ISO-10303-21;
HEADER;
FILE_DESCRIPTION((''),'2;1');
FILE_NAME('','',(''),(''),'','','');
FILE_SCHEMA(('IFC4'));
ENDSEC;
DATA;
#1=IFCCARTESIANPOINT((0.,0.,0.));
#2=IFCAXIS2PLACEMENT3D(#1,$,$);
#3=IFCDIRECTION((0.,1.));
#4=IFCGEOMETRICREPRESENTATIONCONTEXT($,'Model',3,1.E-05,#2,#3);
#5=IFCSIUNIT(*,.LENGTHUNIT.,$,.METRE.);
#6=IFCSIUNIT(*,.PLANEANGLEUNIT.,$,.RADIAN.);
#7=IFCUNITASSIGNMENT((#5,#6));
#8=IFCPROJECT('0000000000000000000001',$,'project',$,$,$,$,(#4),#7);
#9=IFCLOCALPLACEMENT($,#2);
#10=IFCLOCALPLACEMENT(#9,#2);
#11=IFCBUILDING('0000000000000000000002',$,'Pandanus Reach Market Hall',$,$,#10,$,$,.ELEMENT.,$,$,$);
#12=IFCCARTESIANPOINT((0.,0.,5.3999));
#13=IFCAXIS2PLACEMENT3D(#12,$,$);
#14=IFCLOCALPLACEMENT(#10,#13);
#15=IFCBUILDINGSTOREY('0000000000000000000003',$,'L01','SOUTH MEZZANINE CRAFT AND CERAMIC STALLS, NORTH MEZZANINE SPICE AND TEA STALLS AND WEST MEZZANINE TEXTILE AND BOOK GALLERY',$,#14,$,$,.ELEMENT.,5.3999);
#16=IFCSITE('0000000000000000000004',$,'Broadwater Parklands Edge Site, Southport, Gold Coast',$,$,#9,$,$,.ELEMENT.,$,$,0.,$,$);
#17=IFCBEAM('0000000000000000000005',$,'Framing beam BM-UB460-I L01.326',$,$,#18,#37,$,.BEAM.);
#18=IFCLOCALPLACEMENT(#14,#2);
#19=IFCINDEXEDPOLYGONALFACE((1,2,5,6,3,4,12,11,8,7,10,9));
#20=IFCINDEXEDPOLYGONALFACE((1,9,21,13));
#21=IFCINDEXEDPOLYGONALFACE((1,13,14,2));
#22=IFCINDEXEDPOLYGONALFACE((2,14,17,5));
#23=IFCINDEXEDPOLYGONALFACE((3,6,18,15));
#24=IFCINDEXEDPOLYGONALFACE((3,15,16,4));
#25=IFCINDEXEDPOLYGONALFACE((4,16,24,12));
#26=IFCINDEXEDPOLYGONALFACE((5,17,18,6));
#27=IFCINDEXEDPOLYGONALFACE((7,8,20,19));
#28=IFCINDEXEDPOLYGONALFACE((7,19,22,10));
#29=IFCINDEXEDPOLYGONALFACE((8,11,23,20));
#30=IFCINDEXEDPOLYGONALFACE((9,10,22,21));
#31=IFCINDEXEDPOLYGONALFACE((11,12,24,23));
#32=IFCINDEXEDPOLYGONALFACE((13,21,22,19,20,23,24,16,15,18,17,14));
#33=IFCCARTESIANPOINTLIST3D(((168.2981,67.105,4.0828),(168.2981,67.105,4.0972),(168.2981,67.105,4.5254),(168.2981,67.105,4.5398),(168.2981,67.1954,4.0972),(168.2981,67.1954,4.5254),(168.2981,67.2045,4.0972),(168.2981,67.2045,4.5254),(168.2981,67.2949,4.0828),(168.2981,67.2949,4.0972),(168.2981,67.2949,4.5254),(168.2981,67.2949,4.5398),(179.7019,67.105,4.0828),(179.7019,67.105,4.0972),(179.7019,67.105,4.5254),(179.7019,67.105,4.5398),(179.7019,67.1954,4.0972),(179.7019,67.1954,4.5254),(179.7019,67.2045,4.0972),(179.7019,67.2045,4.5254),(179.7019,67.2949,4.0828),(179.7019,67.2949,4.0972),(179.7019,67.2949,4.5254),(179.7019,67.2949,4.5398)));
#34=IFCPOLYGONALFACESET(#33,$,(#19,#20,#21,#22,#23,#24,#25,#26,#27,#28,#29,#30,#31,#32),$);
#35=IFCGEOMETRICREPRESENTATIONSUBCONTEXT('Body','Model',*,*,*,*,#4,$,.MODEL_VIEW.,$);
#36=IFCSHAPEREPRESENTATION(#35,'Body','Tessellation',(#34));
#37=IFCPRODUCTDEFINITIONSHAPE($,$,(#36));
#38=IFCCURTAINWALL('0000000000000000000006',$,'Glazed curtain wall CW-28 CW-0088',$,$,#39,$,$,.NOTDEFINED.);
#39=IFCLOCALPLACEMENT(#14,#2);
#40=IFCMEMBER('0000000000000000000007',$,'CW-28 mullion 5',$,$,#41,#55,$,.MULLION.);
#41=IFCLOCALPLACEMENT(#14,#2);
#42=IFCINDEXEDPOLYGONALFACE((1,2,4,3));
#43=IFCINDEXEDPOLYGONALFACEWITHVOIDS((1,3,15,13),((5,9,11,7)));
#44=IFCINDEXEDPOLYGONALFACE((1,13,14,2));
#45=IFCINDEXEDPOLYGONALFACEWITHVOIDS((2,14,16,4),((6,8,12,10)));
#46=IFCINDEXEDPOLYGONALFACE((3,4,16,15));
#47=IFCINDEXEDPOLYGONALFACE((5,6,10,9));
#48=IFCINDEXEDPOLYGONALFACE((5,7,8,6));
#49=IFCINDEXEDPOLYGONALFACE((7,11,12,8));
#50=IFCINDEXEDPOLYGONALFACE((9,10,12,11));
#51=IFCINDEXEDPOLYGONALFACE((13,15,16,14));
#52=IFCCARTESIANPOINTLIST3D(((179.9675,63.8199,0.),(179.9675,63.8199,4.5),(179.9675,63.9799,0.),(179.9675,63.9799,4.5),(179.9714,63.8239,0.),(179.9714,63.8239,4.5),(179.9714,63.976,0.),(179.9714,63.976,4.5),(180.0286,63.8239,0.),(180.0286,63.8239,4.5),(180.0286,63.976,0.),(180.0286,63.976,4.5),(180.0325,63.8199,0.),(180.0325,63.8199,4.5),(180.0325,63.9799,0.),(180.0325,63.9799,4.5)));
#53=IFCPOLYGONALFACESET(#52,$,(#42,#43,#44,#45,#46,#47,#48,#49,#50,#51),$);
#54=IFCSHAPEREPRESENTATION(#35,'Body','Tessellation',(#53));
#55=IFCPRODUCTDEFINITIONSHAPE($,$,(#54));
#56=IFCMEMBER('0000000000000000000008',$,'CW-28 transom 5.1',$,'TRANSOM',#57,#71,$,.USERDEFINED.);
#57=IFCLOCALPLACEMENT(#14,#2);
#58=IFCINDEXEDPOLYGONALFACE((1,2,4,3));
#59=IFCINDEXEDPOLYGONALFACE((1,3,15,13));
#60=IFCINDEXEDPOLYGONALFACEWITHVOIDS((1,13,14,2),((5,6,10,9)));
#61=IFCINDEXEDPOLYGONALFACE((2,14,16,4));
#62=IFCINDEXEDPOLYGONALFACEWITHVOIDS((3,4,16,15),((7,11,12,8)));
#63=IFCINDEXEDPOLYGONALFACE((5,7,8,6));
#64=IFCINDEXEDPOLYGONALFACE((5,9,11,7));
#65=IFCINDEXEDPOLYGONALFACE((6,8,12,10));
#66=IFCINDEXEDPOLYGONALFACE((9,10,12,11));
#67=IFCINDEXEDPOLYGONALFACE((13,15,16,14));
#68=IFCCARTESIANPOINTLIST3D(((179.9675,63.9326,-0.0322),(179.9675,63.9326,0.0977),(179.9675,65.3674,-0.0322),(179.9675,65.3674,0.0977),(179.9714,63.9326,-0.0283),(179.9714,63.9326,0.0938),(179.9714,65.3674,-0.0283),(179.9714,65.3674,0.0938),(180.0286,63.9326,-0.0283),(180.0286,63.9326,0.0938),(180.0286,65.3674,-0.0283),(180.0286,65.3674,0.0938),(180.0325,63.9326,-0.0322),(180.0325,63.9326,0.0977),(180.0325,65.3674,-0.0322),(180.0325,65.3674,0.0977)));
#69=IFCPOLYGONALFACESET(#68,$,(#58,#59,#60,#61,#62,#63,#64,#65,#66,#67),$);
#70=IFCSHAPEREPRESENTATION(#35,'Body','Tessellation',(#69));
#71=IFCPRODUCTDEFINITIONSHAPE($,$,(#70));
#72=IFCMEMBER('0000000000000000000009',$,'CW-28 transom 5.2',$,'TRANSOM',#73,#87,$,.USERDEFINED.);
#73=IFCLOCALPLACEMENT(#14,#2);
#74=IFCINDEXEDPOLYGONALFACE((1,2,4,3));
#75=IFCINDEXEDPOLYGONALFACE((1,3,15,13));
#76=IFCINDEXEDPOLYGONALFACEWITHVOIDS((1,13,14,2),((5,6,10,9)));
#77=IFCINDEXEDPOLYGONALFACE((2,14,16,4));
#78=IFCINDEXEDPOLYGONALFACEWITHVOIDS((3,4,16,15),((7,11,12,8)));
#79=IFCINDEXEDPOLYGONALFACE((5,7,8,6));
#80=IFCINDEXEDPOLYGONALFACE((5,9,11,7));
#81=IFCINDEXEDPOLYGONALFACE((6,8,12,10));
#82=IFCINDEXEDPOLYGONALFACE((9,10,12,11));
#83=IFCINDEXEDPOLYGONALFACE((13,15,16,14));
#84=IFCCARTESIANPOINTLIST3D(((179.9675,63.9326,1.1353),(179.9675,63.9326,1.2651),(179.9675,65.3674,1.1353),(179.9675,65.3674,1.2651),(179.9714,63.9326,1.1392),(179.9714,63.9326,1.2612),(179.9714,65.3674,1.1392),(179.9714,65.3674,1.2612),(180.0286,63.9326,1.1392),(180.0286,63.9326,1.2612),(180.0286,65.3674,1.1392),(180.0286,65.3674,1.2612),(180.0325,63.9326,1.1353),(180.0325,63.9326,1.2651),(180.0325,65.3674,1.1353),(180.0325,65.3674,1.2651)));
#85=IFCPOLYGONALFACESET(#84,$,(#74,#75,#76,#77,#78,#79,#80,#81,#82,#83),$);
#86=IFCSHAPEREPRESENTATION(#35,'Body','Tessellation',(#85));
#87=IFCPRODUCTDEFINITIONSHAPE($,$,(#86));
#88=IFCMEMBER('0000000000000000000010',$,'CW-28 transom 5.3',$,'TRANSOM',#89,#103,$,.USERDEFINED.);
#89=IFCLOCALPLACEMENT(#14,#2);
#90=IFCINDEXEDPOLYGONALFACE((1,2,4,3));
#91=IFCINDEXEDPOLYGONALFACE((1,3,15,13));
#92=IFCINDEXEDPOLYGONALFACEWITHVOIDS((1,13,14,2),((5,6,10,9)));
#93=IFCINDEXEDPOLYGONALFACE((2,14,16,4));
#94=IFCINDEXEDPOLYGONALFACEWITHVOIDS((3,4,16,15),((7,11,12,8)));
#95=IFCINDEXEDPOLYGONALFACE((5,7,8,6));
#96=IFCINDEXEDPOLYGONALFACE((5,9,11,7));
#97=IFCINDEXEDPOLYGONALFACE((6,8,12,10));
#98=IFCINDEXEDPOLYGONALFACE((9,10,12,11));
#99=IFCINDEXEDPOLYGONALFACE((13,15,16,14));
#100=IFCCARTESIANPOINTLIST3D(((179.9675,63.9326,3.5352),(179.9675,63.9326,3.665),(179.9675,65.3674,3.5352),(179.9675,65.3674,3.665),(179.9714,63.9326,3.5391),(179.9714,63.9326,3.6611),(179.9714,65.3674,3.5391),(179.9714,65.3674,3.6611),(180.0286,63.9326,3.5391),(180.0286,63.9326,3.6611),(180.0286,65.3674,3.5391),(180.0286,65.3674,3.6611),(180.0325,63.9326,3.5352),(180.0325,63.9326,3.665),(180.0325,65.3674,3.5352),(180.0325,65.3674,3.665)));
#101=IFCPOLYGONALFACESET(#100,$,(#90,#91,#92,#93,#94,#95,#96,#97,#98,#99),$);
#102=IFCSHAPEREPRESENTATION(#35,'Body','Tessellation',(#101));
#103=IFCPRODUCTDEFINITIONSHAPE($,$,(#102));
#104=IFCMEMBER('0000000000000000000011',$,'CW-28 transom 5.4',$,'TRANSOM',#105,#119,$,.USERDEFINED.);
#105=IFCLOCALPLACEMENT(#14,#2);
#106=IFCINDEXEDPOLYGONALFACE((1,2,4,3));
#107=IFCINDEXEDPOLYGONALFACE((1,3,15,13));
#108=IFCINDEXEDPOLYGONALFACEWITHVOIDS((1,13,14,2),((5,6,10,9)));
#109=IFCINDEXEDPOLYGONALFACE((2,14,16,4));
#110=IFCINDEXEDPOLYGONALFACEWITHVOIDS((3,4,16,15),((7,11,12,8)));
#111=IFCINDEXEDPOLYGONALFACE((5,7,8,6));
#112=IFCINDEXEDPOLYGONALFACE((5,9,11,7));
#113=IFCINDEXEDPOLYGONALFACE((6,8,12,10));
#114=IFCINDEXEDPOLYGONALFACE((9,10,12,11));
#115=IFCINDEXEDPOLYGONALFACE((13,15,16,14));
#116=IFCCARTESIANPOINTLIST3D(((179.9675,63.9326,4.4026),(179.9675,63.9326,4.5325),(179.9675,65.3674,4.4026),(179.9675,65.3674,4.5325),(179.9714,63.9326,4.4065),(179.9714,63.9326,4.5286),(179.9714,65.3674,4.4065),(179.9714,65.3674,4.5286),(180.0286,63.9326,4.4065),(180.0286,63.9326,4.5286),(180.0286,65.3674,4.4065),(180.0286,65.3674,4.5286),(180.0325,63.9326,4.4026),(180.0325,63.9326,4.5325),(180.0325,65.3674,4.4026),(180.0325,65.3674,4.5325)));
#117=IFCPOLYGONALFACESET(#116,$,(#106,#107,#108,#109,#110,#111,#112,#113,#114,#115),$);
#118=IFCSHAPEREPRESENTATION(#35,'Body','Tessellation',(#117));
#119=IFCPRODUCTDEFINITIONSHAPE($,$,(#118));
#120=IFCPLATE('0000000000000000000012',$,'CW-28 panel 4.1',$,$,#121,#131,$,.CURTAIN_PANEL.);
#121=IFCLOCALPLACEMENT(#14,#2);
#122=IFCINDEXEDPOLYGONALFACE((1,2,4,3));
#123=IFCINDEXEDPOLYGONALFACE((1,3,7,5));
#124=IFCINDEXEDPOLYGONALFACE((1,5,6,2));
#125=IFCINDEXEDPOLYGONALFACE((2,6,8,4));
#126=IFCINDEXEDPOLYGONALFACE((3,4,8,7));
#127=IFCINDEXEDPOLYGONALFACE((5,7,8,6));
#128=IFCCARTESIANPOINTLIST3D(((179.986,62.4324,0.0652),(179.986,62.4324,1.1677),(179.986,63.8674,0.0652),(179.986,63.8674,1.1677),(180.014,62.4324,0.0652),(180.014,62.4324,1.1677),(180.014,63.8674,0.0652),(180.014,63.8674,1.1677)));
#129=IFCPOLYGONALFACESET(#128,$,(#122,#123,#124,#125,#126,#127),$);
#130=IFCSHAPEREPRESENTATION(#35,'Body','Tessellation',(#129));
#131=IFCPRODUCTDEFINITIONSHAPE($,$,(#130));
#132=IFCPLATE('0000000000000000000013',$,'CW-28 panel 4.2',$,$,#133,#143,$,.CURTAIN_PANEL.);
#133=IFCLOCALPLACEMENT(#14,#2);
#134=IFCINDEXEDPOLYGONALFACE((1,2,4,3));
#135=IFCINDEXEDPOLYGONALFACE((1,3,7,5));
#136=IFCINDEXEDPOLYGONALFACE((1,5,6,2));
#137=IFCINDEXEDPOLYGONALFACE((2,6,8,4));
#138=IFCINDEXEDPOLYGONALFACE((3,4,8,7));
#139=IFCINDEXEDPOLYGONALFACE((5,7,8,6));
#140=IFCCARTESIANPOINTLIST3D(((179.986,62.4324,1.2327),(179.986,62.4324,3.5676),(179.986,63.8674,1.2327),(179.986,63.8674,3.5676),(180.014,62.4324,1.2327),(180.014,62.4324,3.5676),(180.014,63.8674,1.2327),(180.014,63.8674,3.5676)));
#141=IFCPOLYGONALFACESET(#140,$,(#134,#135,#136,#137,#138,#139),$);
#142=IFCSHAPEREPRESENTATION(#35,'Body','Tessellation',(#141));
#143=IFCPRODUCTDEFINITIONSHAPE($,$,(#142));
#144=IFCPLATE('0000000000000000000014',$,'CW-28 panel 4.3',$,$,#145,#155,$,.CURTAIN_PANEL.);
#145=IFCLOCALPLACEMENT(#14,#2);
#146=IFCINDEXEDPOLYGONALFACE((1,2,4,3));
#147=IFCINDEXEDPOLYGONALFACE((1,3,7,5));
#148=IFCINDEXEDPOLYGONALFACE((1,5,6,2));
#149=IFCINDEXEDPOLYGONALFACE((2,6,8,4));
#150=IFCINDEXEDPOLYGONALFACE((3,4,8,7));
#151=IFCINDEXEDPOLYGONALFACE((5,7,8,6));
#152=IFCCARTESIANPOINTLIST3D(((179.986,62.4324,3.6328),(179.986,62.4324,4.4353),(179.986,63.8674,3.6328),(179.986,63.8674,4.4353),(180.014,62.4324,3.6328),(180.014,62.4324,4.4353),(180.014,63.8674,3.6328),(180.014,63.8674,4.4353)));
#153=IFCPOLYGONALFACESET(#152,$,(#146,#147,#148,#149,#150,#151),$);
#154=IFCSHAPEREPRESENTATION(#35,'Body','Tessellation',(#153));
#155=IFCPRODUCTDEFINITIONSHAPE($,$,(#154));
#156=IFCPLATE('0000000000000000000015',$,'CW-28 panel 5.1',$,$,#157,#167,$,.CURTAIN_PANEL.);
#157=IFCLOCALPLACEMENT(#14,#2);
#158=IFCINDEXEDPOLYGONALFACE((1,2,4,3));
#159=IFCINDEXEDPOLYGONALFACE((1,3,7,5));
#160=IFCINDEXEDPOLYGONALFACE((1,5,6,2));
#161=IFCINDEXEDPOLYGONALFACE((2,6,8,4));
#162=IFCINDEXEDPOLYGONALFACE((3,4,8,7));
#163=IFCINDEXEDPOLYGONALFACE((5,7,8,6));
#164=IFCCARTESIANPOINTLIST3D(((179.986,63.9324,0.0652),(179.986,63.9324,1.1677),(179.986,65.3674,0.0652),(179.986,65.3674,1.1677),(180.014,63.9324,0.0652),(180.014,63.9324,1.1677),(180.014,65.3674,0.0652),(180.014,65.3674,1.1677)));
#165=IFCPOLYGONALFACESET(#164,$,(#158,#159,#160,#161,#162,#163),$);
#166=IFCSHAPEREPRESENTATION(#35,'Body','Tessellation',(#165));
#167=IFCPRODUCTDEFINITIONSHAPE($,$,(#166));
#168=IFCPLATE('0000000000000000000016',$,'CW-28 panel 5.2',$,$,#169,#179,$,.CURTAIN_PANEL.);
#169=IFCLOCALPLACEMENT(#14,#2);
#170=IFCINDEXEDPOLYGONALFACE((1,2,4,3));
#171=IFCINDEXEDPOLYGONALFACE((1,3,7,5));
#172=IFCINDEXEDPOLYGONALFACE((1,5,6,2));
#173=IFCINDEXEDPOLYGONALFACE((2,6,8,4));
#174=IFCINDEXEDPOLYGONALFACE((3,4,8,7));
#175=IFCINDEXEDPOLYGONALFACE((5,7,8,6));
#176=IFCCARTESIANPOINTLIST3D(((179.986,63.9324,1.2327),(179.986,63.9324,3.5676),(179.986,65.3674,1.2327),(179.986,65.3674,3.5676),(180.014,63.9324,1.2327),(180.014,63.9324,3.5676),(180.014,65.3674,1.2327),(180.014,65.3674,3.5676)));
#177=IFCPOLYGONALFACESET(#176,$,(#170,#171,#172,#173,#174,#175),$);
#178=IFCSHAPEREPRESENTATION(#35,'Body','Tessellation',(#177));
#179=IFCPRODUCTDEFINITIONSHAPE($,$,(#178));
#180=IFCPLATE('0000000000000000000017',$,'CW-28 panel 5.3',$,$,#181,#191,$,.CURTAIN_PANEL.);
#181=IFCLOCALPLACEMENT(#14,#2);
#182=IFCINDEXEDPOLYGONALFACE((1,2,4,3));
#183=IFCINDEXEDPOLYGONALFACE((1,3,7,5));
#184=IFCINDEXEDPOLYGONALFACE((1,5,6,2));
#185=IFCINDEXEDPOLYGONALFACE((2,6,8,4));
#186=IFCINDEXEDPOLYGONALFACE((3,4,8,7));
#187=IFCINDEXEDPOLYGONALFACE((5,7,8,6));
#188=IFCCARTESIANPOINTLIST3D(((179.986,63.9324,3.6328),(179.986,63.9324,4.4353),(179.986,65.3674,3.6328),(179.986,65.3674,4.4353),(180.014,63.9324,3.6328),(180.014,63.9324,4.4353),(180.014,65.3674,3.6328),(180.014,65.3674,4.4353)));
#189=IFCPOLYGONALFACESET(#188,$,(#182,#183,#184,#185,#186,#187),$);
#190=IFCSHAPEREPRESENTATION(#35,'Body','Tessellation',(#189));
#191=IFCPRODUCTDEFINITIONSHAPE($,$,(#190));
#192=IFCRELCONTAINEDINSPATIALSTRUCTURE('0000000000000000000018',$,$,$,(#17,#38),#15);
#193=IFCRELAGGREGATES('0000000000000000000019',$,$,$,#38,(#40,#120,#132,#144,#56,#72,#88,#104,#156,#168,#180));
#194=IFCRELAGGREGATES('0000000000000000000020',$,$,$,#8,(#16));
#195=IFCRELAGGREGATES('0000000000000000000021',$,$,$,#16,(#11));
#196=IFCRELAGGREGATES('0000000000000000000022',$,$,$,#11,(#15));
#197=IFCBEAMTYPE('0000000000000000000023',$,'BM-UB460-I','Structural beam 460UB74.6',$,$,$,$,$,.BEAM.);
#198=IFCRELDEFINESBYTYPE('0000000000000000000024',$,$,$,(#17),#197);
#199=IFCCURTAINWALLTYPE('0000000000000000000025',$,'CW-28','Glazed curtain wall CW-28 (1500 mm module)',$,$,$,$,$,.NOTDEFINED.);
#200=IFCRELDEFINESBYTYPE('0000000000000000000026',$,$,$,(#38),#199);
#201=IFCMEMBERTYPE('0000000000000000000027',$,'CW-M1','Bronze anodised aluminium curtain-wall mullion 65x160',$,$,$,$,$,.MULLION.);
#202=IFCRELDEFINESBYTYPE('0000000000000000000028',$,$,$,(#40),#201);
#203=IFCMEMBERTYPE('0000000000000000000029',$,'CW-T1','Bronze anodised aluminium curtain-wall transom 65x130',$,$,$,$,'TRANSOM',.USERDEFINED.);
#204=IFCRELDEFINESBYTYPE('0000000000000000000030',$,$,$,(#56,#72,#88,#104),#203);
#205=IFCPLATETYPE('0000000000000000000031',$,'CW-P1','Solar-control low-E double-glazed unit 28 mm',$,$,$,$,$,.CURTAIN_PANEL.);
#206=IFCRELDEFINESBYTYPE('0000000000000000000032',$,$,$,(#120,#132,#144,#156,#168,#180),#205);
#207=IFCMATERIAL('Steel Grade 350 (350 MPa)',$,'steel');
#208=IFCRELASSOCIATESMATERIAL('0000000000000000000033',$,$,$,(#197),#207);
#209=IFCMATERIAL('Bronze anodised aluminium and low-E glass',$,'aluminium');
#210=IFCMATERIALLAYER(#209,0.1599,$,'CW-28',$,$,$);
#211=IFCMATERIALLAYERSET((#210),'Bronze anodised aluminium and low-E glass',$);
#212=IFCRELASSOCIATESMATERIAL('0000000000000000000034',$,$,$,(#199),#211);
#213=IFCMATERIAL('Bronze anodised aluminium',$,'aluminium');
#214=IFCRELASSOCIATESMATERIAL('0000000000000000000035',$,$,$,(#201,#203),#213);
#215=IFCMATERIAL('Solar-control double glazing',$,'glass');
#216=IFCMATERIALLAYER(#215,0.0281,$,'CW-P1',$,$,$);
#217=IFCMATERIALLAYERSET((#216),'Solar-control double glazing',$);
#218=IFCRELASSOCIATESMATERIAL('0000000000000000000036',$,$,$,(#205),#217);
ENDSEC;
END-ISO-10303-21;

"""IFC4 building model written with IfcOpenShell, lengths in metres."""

from ifc_helpers import new_model, si_unit, direction, frame, origin, origin_2d, place, context, subcontext, project, spatial, rectangle, hollow_rectangle, i_section, extrude, material, layer, layer_set, material_profile, profile_set, type_object, element, aggregate, save


model = new_model("IFC4")

# Units and contexts
model_context = context("Model", 3, precision=1e-05, world=origin(), true_north=direction((0.0, 1.0)))
body_context = subcontext(model_context, "Body", "Model", "MODEL_VIEW")
ifc_project = project(units=[si_unit("LENGTHUNIT", "METRE"), si_unit("PLANEANGLEUNIT", "RADIAN")], contexts=[model_context])

# Site, building, storey
site_placement = place(None, origin())
site = spatial("IfcSite", under=ifc_project, at=site_placement, Name="Broadwater Parklands Edge Site, Southport, Gold Coast", CompositionType="ELEMENT", RefElevation=0.0)
building_placement = place(site_placement, origin())
building = spatial("IfcBuilding", under=site, at=building_placement, Name="Pandanus Reach Market Hall", CompositionType="ELEMENT")
storey_placement = place(building_placement, frame((0.0, 0.0, 5.3999)))
storey = spatial("IfcBuildingStorey", under=building, at=storey_placement, Name="L01", Description="SOUTH MEZZANINE CRAFT AND CERAMIC STALLS, NORTH MEZZANINE SPICE AND TEA STALLS AND WEST MEZZANINE TEXTILE AND BOOK GALLERY", CompositionType="ELEMENT", Elevation=5.3999)

# Beam
ifc_material_1 = material(Name="Steel Grade 350 (350 MPa)", Category="steel")
ifc_material_profile_1 = material_profile(ifc_material_1, i_section(OverallWidth=0.1899, OverallDepth=0.457, WebThickness=0.009, FlangeThickness=0.0144, at=origin_2d()), Name="460UB74.6", Category="LoadBearing")
ifc_profile_set_1 = profile_set([ifc_material_profile_1], Name="Steel Grade 350 (350 MPa)")
beam_type = type_object("IfcBeamType", Name="BM-UB460-I", Description="Structural beam 460UB74.6", PredefinedType="BEAM", material=ifc_profile_set_1)
beam_placement = place(storey_placement, frame((168.2981, 67.2, 4.3113), z_axis=(1.0, 0.0, 0.0), x_axis=(0.0, 1.0, 0.0)))
element("IfcBeam", 1, at=beam_placement, inside=storey, type_object=beam_type, Name="Framing beam BM-UB460-I L01.326", PredefinedType="BEAM", context=body_context, shape_type="SweptSolid", body=[
    extrude(i_section(OverallWidth=0.1899, OverallDepth=0.457, WebThickness=0.009, FlangeThickness=0.0144, at=origin_2d()), origin(), (0.0, 0.0, 1.0), 11.4038),
])

# Curtain wall, members, plates
ifc_material_2 = material(Name="Bronze anodised aluminium and low-E glass", Category="aluminium")
ifc_layer_1 = layer(ifc_material_2, 0.1599, Name="CW-28")
ifc_layer_set_1 = layer_set([ifc_layer_1], Name="Bronze anodised aluminium and low-E glass")
curtain_wall_type = type_object("IfcCurtainWallType", Name="CW-28", Description="Glazed curtain wall CW-28 (1500 mm module)", PredefinedType="NOTDEFINED", material=ifc_layer_set_1)
curtain_wall_placement = place(storey_placement, origin())
curtain_wall = element("IfcCurtainWall", 2, at=curtain_wall_placement, inside=storey, type_object=curtain_wall_type, Name="Glazed curtain wall CW-28 CW-0088", PredefinedType="NOTDEFINED")
ifc_material_3 = material(Name="Bronze anodised aluminium", Category="aluminium")
ifc_material_profile_2 = material_profile(ifc_material_3, hollow_rectangle(XDim=0.0649, YDim=0.1599, WallThickness=0.0039, at=origin_2d()), Name="ALU65x160", Category="LoadBearing")
ifc_profile_set_2 = profile_set([ifc_material_profile_2], Name="Bronze anodised aluminium")
member_type_1 = type_object("IfcMemberType", Name="CW-M1", Description="Bronze anodised aluminium curtain-wall mullion 65x160", PredefinedType="MULLION", material=ifc_profile_set_2)
member_1_placement = place(storey_placement, frame((180.0, 63.8999, 0.0), z_axis=(0.0, 0.0, 1.0), x_axis=(-1.0, 0.0, 0.0)))
member_1 = element("IfcMember", 3, at=member_1_placement, type_object=member_type_1, Name="CW-28 mullion 5", PredefinedType="MULLION", context=body_context, shape_type="SweptSolid", body=[
    extrude(hollow_rectangle(XDim=0.0649, YDim=0.1599, WallThickness=0.0039, at=origin_2d()), origin(), (0.0, 0.0, 1.0), 4.5),
])
ifc_material_profile_3 = material_profile(ifc_material_3, hollow_rectangle(XDim=0.0649, YDim=0.1299, WallThickness=0.0039, at=origin_2d()), Name="ALU65x130", Category="LoadBearing")
ifc_profile_set_3 = profile_set([ifc_material_profile_3], Name="Bronze anodised aluminium")
member_type_2 = type_object("IfcMemberType", Name="CW-T1", Description="Bronze anodised aluminium curtain-wall transom 65x130", ElementType="TRANSOM", PredefinedType="USERDEFINED", material=ifc_profile_set_3)
member_2_placement = place(storey_placement, frame((180.0, 63.9326, 0.0327), z_axis=(0.0, 1.0, 0.0), x_axis=(-1.0, 0.0, 0.0)))
member_2 = element("IfcMember", 4, at=member_2_placement, type_object=member_type_2, Name="CW-28 transom 5.1", ObjectType="TRANSOM", PredefinedType="USERDEFINED", context=body_context, shape_type="SweptSolid", body=[
    extrude(hollow_rectangle(XDim=0.0649, YDim=0.1299, WallThickness=0.0039, at=origin_2d()), origin(), (0.0, 0.0, 1.0), 1.4348),
])
member_3_placement = place(storey_placement, frame((180.0, 63.9326, 1.2002), z_axis=(0.0, 1.0, 0.0), x_axis=(-1.0, 0.0, 0.0)))
member_3 = element("IfcMember", 5, at=member_3_placement, type_object=member_type_2, Name="CW-28 transom 5.2", ObjectType="TRANSOM", PredefinedType="USERDEFINED", context=body_context, shape_type="SweptSolid", body=[
    extrude(hollow_rectangle(XDim=0.0649, YDim=0.1299, WallThickness=0.0039, at=origin_2d()), origin(), (0.0, 0.0, 1.0), 1.4348),
])
member_4_placement = place(storey_placement, frame((180.0, 63.9326, 3.6001), z_axis=(0.0, 1.0, 0.0), x_axis=(-1.0, 0.0, 0.0)))
member_4 = element("IfcMember", 6, at=member_4_placement, type_object=member_type_2, Name="CW-28 transom 5.3", ObjectType="TRANSOM", PredefinedType="USERDEFINED", context=body_context, shape_type="SweptSolid", body=[
    extrude(hollow_rectangle(XDim=0.0649, YDim=0.1299, WallThickness=0.0039, at=origin_2d()), origin(), (0.0, 0.0, 1.0), 1.4348),
])
member_5_placement = place(storey_placement, frame((180.0, 63.9326, 4.4675), z_axis=(0.0, 1.0, 0.0), x_axis=(-1.0, 0.0, 0.0)))
member_5 = element("IfcMember", 7, at=member_5_placement, type_object=member_type_2, Name="CW-28 transom 5.4", ObjectType="TRANSOM", PredefinedType="USERDEFINED", context=body_context, shape_type="SweptSolid", body=[
    extrude(hollow_rectangle(XDim=0.0649, YDim=0.1299, WallThickness=0.0039, at=origin_2d()), origin(), (0.0, 0.0, 1.0), 1.4348),
])
ifc_material_4 = material(Name="Solar-control double glazing", Category="glass")
ifc_layer_2 = layer(ifc_material_4, 0.0281, Name="CW-P1")
ifc_layer_set_2 = layer_set([ifc_layer_2], Name="Solar-control double glazing")
plate_type = type_object("IfcPlateType", Name="CW-P1", Description="Solar-control low-E double-glazed unit 28 mm", PredefinedType="CURTAIN_PANEL", material=ifc_layer_set_2)
plate_1_placement = place(storey_placement, frame((180.0, 63.1499, 0.0652), z_axis=(0.0, 0.0, 1.0), x_axis=(0.0, 1.0, 0.0)))
plate_1 = element("IfcPlate", 8, at=plate_1_placement, type_object=plate_type, Name="CW-28 panel 4.1", PredefinedType="CURTAIN_PANEL", context=body_context, shape_type="SweptSolid", body=[
    extrude(rectangle(XDim=1.4351, YDim=0.0281, at=origin_2d()), origin(), (0.0, 0.0, 1.0), 1.1025),
])
plate_2_placement = place(storey_placement, frame((180.0, 63.1499, 1.2327), z_axis=(0.0, 0.0, 1.0), x_axis=(0.0, 1.0, 0.0)))
plate_2 = element("IfcPlate", 9, at=plate_2_placement, type_object=plate_type, Name="CW-28 panel 4.2", PredefinedType="CURTAIN_PANEL", context=body_context, shape_type="SweptSolid", body=[
    extrude(rectangle(XDim=1.4351, YDim=0.0281, at=origin_2d()), origin(), (0.0, 0.0, 1.0), 2.335),
])
plate_3_placement = place(storey_placement, frame((180.0, 63.1499, 3.6328), z_axis=(0.0, 0.0, 1.0), x_axis=(0.0, 1.0, 0.0)))
plate_3 = element("IfcPlate", 10, at=plate_3_placement, type_object=plate_type, Name="CW-28 panel 4.3", PredefinedType="CURTAIN_PANEL", context=body_context, shape_type="SweptSolid", body=[
    extrude(rectangle(XDim=1.4351, YDim=0.0281, at=origin_2d()), origin(), (0.0, 0.0, 1.0), 0.8025),
])
plate_4_placement = place(storey_placement, frame((180.0, 64.6499, 0.0652), z_axis=(0.0, 0.0, 1.0), x_axis=(0.0, 1.0, 0.0)))
plate_4 = element("IfcPlate", 11, at=plate_4_placement, type_object=plate_type, Name="CW-28 panel 5.1", PredefinedType="CURTAIN_PANEL", context=body_context, shape_type="SweptSolid", body=[
    extrude(rectangle(XDim=1.4351, YDim=0.0281, at=origin_2d()), origin(), (0.0, 0.0, 1.0), 1.1025),
])
plate_5_placement = place(storey_placement, frame((180.0, 64.6499, 1.2327), z_axis=(0.0, 0.0, 1.0), x_axis=(0.0, 1.0, 0.0)))
plate_5 = element("IfcPlate", 12, at=plate_5_placement, type_object=plate_type, Name="CW-28 panel 5.2", PredefinedType="CURTAIN_PANEL", context=body_context, shape_type="SweptSolid", body=[
    extrude(rectangle(XDim=1.4351, YDim=0.0281, at=origin_2d()), origin(), (0.0, 0.0, 1.0), 2.335),
])
plate_6_placement = place(storey_placement, frame((180.0, 64.6499, 3.6328), z_axis=(0.0, 0.0, 1.0), x_axis=(0.0, 1.0, 0.0)))
plate_6 = element("IfcPlate", 13, at=plate_6_placement, type_object=plate_type, Name="CW-28 panel 5.3", PredefinedType="CURTAIN_PANEL", context=body_context, shape_type="SweptSolid", body=[
    extrude(rectangle(XDim=1.4351, YDim=0.0281, at=origin_2d()), origin(), (0.0, 0.0, 1.0), 0.8025),
])
aggregate(curtain_wall, [member_1, plate_1, plate_2, plate_3, member_2, member_3, member_4, member_5, plate_4, plate_5, plate_6])

save(model, "model.ifc")
